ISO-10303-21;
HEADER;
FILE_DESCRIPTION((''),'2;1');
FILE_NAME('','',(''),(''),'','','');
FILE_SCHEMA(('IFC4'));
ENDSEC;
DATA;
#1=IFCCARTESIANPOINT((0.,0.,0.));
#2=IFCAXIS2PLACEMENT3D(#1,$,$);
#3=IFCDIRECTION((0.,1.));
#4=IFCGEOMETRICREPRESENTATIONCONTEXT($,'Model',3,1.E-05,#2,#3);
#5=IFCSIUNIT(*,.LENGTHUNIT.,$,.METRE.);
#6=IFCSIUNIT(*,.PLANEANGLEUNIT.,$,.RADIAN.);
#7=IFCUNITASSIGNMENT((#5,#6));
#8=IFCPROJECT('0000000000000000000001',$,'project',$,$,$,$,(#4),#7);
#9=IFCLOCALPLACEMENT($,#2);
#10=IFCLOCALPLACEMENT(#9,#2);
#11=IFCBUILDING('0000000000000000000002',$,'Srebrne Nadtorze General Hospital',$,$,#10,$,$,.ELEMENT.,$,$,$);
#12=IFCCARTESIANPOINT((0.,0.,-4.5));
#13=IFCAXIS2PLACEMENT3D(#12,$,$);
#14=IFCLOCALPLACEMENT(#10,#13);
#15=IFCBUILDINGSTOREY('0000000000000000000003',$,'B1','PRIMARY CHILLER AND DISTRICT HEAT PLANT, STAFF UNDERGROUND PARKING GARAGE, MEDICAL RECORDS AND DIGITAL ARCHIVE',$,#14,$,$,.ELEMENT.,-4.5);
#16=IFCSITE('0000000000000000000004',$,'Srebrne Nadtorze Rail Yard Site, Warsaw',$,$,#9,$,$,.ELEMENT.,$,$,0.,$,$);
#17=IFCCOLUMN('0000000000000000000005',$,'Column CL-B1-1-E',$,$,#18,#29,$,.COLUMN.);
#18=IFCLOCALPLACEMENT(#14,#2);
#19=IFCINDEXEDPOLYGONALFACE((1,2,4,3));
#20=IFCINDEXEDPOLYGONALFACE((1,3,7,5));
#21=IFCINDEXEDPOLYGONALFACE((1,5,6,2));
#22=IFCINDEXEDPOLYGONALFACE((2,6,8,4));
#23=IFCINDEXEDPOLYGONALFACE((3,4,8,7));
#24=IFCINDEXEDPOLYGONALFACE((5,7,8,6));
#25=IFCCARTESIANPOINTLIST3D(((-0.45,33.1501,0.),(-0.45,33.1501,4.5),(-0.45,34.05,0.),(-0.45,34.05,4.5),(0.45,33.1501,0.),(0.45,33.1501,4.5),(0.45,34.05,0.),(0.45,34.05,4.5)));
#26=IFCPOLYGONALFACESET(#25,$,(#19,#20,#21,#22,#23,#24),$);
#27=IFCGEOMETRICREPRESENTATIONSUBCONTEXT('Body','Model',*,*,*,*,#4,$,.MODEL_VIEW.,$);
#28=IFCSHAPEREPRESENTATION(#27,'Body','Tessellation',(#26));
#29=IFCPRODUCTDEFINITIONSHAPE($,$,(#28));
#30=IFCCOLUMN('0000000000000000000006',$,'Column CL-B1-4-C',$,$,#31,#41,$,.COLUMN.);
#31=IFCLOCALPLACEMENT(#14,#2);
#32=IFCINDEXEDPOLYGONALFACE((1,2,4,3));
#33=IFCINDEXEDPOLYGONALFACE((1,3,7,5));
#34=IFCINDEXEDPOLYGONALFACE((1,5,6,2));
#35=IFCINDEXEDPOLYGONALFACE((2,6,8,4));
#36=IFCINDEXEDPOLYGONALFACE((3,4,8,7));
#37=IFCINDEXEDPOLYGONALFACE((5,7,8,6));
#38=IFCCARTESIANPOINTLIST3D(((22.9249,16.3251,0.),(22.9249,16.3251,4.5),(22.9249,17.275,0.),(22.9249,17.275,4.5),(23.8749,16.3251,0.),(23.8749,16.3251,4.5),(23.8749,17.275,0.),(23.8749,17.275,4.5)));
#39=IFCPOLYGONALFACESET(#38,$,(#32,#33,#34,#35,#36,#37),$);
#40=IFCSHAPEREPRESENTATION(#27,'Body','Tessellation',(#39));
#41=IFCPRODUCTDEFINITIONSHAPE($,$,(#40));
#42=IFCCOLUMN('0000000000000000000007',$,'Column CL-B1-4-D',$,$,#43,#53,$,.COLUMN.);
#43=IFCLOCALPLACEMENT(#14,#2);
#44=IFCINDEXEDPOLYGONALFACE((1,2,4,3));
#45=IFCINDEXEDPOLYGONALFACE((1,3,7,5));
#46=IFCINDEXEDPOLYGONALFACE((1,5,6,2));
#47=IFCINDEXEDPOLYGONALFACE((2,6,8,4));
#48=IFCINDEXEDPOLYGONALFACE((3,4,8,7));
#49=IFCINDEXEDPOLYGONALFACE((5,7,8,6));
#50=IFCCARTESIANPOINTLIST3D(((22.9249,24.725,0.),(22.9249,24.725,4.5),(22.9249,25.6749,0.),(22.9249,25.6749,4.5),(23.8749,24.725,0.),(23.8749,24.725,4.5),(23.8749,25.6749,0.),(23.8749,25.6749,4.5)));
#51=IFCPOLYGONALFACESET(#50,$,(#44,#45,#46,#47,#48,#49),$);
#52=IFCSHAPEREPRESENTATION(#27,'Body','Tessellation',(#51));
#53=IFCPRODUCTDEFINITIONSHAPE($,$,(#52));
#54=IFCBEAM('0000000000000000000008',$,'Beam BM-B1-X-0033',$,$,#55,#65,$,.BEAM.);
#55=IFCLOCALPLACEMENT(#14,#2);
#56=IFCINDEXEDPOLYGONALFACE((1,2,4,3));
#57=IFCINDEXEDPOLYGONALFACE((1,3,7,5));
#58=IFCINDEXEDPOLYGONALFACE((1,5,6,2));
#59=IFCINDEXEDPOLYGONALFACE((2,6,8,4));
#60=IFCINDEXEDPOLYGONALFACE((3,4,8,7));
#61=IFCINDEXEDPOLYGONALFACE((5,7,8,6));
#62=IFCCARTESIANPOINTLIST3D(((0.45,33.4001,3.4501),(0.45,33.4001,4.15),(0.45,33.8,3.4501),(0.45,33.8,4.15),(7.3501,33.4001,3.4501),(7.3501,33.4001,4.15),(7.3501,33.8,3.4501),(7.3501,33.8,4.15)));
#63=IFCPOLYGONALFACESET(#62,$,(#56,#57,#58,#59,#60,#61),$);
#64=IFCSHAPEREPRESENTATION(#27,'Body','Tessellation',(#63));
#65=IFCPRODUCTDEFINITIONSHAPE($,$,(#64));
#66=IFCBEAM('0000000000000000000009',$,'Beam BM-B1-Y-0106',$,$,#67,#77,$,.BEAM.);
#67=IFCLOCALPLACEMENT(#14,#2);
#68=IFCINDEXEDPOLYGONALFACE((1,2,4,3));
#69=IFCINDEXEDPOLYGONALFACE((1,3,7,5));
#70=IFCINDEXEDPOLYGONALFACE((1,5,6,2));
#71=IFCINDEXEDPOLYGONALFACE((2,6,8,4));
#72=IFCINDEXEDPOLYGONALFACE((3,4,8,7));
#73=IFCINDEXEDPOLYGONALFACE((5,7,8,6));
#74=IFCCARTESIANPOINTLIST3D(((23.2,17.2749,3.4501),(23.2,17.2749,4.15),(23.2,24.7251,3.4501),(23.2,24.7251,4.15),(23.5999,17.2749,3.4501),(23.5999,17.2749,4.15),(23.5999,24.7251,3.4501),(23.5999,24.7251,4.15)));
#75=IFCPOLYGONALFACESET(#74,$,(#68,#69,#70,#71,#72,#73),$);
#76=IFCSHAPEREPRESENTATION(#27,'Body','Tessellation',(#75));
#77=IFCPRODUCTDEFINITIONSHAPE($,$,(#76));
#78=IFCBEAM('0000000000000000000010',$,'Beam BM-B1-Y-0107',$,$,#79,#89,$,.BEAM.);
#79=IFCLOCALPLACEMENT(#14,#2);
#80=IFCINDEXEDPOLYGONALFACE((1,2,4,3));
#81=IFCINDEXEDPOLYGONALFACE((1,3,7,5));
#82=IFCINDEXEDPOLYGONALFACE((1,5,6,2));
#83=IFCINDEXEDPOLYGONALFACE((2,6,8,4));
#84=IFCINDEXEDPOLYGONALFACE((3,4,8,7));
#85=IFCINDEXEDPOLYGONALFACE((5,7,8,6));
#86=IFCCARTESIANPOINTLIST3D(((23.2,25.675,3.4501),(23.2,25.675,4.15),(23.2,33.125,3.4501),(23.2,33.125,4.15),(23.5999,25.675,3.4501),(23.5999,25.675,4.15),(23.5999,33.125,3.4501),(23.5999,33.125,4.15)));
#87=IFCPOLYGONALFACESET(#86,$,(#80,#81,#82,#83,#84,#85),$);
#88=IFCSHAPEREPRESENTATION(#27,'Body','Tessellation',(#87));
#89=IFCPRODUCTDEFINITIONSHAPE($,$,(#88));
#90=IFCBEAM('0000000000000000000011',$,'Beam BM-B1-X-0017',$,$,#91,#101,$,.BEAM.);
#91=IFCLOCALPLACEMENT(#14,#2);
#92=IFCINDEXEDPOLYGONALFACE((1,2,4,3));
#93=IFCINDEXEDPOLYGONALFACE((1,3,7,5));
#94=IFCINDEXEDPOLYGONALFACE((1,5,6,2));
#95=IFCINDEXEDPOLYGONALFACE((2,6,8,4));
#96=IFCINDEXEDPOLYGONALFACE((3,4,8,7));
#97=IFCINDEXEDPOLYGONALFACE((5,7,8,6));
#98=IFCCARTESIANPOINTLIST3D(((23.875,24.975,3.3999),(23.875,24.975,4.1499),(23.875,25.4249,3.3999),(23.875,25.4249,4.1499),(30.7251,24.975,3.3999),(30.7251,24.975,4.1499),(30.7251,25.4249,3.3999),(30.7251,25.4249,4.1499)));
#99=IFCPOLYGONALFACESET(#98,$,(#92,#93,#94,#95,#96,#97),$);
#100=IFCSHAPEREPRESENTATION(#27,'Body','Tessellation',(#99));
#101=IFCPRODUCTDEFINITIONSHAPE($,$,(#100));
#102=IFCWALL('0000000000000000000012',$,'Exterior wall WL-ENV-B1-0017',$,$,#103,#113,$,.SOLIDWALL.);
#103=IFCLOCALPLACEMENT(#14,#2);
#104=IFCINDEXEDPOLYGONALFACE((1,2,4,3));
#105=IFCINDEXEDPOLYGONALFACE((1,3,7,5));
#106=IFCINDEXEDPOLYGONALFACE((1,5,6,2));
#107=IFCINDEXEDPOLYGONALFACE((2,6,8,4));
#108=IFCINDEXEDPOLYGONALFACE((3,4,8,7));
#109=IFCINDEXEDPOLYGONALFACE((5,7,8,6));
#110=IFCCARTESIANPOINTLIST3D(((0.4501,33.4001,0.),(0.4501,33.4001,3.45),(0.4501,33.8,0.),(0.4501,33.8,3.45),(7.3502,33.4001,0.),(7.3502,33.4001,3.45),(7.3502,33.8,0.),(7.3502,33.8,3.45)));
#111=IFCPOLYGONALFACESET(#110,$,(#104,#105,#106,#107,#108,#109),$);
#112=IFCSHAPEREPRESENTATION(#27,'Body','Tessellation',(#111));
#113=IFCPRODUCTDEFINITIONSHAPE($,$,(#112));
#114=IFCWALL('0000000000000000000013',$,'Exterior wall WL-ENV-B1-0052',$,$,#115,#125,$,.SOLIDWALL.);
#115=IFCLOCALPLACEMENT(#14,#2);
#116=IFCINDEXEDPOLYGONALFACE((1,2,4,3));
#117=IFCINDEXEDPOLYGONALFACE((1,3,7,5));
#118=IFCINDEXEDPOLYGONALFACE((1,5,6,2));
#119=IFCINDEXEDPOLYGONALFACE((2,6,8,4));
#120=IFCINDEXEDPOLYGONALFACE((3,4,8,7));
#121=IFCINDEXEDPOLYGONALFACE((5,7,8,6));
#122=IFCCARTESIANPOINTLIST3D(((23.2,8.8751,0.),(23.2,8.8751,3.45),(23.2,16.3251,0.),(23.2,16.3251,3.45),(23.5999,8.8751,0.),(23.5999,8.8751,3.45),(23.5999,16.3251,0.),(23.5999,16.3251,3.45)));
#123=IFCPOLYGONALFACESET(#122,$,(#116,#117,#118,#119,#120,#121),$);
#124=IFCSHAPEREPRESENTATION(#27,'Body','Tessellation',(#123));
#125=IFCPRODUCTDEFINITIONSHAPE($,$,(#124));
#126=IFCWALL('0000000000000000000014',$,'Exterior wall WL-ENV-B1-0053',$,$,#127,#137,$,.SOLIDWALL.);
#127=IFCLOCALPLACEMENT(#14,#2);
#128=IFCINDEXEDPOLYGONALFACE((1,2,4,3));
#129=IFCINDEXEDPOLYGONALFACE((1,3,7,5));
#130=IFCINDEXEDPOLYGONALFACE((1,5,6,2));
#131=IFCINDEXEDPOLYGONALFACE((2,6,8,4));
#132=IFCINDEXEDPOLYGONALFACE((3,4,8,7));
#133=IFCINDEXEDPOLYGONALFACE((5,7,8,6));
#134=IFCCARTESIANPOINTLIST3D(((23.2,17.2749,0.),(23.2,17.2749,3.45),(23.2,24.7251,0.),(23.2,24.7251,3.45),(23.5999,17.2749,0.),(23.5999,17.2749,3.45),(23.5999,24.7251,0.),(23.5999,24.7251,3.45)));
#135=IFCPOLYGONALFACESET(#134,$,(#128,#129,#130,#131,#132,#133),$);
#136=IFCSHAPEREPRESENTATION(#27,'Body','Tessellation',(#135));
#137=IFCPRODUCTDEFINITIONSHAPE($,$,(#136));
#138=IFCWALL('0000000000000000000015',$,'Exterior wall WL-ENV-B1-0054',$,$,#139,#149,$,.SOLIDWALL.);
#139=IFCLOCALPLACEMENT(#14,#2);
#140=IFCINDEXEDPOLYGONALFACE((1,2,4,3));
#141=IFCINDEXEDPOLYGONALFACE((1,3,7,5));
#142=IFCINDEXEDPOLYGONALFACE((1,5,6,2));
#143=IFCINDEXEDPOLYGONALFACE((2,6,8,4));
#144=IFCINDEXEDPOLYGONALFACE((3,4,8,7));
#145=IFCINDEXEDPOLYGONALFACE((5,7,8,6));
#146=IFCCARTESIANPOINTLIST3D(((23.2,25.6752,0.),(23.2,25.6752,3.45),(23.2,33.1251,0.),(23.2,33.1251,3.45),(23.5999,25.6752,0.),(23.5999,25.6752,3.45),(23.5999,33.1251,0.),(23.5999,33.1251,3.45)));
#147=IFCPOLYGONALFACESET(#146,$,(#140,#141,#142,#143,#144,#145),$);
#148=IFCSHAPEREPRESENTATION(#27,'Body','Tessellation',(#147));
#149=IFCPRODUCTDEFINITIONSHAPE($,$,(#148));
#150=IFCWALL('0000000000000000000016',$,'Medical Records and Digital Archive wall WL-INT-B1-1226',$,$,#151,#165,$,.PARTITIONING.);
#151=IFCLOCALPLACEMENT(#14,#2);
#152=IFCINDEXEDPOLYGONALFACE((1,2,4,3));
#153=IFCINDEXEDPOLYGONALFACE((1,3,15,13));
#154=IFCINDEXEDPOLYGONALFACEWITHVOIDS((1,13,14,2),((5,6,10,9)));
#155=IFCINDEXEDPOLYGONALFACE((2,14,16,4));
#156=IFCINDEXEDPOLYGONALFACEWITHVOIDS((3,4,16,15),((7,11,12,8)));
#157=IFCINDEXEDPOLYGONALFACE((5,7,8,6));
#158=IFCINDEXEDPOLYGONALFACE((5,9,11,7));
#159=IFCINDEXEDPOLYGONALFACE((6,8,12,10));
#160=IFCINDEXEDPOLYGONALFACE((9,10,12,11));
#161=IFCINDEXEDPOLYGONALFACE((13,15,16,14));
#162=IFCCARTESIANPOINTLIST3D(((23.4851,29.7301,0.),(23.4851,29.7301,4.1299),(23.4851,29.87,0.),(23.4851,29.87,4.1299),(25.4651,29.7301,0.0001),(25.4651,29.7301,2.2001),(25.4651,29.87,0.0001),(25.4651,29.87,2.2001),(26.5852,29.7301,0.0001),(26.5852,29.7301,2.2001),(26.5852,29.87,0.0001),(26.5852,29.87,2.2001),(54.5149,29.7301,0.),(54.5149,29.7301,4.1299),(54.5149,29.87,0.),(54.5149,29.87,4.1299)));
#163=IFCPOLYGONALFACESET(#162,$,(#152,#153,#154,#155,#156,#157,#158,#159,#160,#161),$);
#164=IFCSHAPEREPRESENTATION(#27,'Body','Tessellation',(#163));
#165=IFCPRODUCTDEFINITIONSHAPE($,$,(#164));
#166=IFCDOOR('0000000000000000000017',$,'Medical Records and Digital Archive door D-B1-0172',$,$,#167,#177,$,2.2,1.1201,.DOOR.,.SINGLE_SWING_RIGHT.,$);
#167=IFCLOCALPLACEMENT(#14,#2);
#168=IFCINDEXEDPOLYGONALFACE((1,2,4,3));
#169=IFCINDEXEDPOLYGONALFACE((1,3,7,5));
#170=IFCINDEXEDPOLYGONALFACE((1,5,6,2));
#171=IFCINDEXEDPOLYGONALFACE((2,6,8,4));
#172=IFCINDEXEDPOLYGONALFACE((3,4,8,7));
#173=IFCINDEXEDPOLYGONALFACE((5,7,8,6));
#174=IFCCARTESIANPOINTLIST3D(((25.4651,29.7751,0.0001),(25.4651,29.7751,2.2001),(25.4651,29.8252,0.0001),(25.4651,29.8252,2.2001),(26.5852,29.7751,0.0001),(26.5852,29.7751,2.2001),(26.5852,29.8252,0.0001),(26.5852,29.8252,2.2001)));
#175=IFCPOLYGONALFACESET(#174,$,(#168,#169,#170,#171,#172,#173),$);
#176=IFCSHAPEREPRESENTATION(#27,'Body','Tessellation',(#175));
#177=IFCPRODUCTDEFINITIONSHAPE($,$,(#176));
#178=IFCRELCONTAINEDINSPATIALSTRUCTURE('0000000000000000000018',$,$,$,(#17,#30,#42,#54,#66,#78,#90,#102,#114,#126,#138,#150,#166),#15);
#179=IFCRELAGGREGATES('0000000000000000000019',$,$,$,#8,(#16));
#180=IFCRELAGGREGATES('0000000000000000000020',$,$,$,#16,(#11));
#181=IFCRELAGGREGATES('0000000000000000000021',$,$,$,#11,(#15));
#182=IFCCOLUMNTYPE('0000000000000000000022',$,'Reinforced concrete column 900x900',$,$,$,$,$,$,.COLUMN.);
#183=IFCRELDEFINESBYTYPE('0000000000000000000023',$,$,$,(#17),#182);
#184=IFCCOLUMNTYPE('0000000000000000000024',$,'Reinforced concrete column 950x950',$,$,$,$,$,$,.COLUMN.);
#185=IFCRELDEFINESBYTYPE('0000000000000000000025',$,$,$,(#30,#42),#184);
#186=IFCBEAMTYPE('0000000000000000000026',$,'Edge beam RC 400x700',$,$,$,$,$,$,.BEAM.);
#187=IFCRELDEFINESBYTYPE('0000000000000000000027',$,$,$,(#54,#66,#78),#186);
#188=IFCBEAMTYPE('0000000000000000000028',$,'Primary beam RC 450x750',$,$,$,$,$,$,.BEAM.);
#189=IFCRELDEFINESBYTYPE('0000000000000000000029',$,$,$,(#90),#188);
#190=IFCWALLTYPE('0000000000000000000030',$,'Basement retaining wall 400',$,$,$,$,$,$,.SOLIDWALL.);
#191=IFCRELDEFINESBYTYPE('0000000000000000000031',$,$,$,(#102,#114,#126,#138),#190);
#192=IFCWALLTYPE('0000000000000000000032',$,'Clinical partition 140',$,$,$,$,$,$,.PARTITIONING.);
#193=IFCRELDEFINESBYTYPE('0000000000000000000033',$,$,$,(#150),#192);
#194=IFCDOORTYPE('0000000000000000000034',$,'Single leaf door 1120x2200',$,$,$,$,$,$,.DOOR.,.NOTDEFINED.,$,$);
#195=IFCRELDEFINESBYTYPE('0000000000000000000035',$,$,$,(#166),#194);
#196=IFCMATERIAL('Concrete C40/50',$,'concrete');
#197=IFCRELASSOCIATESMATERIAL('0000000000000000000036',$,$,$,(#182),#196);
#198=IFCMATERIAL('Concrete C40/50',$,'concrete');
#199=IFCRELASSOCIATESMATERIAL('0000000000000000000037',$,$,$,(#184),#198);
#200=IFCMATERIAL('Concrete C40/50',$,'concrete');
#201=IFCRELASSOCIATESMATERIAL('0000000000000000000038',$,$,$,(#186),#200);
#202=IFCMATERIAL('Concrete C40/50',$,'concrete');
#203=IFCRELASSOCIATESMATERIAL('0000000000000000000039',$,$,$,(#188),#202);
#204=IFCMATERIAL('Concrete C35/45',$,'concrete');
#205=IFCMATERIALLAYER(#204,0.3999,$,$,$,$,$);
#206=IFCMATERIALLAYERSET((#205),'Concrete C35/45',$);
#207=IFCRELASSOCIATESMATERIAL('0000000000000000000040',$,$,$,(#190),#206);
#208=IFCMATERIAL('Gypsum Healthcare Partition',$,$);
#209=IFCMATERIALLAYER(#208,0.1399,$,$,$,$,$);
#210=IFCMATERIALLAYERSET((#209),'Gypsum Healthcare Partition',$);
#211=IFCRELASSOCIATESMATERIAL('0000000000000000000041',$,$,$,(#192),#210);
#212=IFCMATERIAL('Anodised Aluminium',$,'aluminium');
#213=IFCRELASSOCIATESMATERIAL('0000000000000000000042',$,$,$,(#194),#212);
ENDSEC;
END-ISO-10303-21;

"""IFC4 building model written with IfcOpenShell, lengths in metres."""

from ifc_helpers import new_model, si_unit, direction, frame, frame_2d, origin, origin_2d, place, context, subcontext, project, spatial, rectangle, extrude, material, layer, layer_set, material_profile, profile_set, type_object, element, fill, save


model = new_model("IFC4")

# Units and contexts
model_context = context("Model", 3, precision=1e-05, world=origin(), true_north=direction((0.0, 1.0)))
body_context = subcontext(model_context, "Body", "Model", "MODEL_VIEW")
ifc_project = project(units=[si_unit("LENGTHUNIT", "METRE"), si_unit("PLANEANGLEUNIT", "RADIAN")], contexts=[model_context])

# Site, building, storey
site_placement = place(None, origin())
site = spatial("IfcSite", under=ifc_project, at=site_placement, Name="Srebrne Nadtorze Rail Yard Site, Warsaw", CompositionType="ELEMENT", RefElevation=0.0)
building_placement = place(site_placement, origin())
building = spatial("IfcBuilding", under=site, at=building_placement, Name="Srebrne Nadtorze General Hospital", CompositionType="ELEMENT")
storey_placement = place(building_placement, frame((0.0, 0.0, -4.5)))
storey = spatial("IfcBuildingStorey", under=building, at=storey_placement, Name="B1", Description="PRIMARY CHILLER AND DISTRICT HEAT PLANT, STAFF UNDERGROUND PARKING GARAGE, MEDICAL RECORDS AND DIGITAL ARCHIVE", CompositionType="ELEMENT", Elevation=-4.5)

# Columns
ifc_material_1 = material(Name="Concrete C40/50", Category="concrete")
ifc_material_profile_1 = material_profile(ifc_material_1, rectangle(XDim=0.8999, YDim=0.8999, at=origin_2d()), Name="RC-COL-900x900")
ifc_profile_set_1 = profile_set([ifc_material_profile_1], Name="Concrete C40/50")
column_type_1 = type_object("IfcColumnType", Name="Reinforced concrete column 900x900", PredefinedType="COLUMN", material=ifc_profile_set_1)
column_placement = place(storey_placement, frame((0.0, 33.6001, 0.0), z_axis=(0.0, 0.0, 1.0), x_axis=(1.0, 0.0, 0.0)))
element("IfcColumn", 1, at=column_placement, inside=storey, type_object=column_type_1, Name="Column CL-B1-1-E", PredefinedType="COLUMN", context=body_context, shape_type="SweptSolid", body=[
    extrude(rectangle(XDim=0.8999, YDim=0.8999, at=origin_2d()), origin(), (0.0, 0.0, 1.0), 4.5),
])
ifc_material_2 = material(Name="Concrete C40/50", Category="concrete")
ifc_material_profile_2 = material_profile(ifc_material_2, rectangle(XDim=0.95, YDim=0.95, at=origin_2d()), Name="RC-COL-950x950")
ifc_profile_set_2 = profile_set([ifc_material_profile_2], Name="Concrete C40/50")
column_type_2 = type_object("IfcColumnType", Name="Reinforced concrete column 950x950", PredefinedType="COLUMN", material=ifc_profile_set_2)
for number, where, z_axis, x_axis, name in (
    (2, (23.3999, 16.8, 0.0), (0.0, 0.0, 1.0), (1.0, 0.0, 0.0), "Column CL-B1-4-C"),
    (3, (23.3999, 25.2, 0.0), (0.0, 0.0, 1.0), (1.0, 0.0, 0.0), "Column CL-B1-4-D"),
):
    element("IfcColumn", number, at=place(storey_placement, frame(where, z_axis=z_axis, x_axis=x_axis)), inside=storey, type_object=column_type_2, Name=name, PredefinedType="COLUMN", context=body_context, shape_type="SweptSolid", body=[
        extrude(rectangle(XDim=0.95, YDim=0.95, at=origin_2d()), origin(), (0.0, 0.0, 1.0), 4.5),
    ])

# Beams
ifc_material_3 = material(Name="Concrete C40/50", Category="concrete")
ifc_material_profile_3 = material_profile(ifc_material_3, rectangle(XDim=0.3999, YDim=0.7, at=origin_2d()), Name="RC-BM-400x700")
ifc_profile_set_3 = profile_set([ifc_material_profile_3], Name="Concrete C40/50")
beam_type_1 = type_object("IfcBeamType", Name="Edge beam RC 400x700", PredefinedType="BEAM", material=ifc_profile_set_3)
beam_1_placement = place(storey_placement, frame((0.45, 33.6001, 3.8), z_axis=(1.0, 0.0, 0.0), x_axis=(0.0, 1.0, 0.0)))
element("IfcBeam", 4, at=beam_1_placement, inside=storey, type_object=beam_type_1, Name="Beam BM-B1-X-0033", PredefinedType="BEAM", context=body_context, shape_type="SweptSolid", body=[
    extrude(rectangle(XDim=0.3999, YDim=0.7, at=origin_2d()), origin(), (0.0, 0.0, 1.0), 6.9001),
])
beam_2_placement = place(storey_placement, frame((23.3999, 17.2749, 3.8), z_axis=(0.0, 1.0, 0.0), x_axis=(-1.0, 0.0, 0.0)))
element("IfcBeam", 5, at=beam_2_placement, inside=storey, type_object=beam_type_1, Name="Beam BM-B1-Y-0106", PredefinedType="BEAM", context=body_context, shape_type="SweptSolid", body=[
    extrude(rectangle(XDim=0.3999, YDim=0.7, at=origin_2d()), origin(), (0.0, 0.0, 1.0), 7.4502),
])
beam_3_placement = place(storey_placement, frame((23.3999, 25.675, 3.8), z_axis=(0.0, 1.0, 0.0), x_axis=(-1.0, 0.0, 0.0)))
element("IfcBeam", 6, at=beam_3_placement, inside=storey, type_object=beam_type_1, Name="Beam BM-B1-Y-0107", PredefinedType="BEAM", context=body_context, shape_type="SweptSolid", body=[
    extrude(rectangle(XDim=0.3999, YDim=0.7, at=origin_2d()), origin(), (0.0, 0.0, 1.0), 7.45),
])
ifc_material_4 = material(Name="Concrete C40/50", Category="concrete")
ifc_material_profile_4 = material_profile(ifc_material_4, rectangle(XDim=0.45, YDim=0.75, at=origin_2d()), Name="RC-BM-450x750")
ifc_profile_set_4 = profile_set([ifc_material_profile_4], Name="Concrete C40/50")
beam_type_2 = type_object("IfcBeamType", Name="Primary beam RC 450x750", PredefinedType="BEAM", material=ifc_profile_set_4)
beam_4_placement = place(storey_placement, frame((23.875, 25.2, 3.7749), z_axis=(1.0, 0.0, 0.0), x_axis=(0.0, 1.0, 0.0)))
element("IfcBeam", 7, at=beam_4_placement, inside=storey, type_object=beam_type_2, Name="Beam BM-B1-X-0017", PredefinedType="BEAM", context=body_context, shape_type="SweptSolid", body=[
    extrude(rectangle(XDim=0.45, YDim=0.75, at=origin_2d()), origin(), (0.0, 0.0, 1.0), 6.8501),
])

# Walls
ifc_material_5 = material(Name="Concrete C35/45", Category="concrete")
ifc_layer_1 = layer(ifc_material_5, 0.3999)
ifc_layer_set_1 = layer_set([ifc_layer_1], Name="Concrete C35/45")
wall_type_1 = type_object("IfcWallType", Name="Basement retaining wall 400", PredefinedType="SOLIDWALL", material=ifc_layer_set_1)
wall_1_placement = place(storey_placement, frame((0.45, 33.6001, 0.0), z_axis=(0.0, 0.0, 1.0), x_axis=(1.0, 0.0, 0.0)))
element("IfcWall", 8, at=wall_1_placement, inside=storey, type_object=wall_type_1, Name="Exterior wall WL-ENV-B1-0017", PredefinedType="SOLIDWALL", context=body_context, shape_type="SweptSolid", body=[
    extrude(rectangle(XDim=6.9001, YDim=0.3999, at=frame_2d((3.4502, 0.0))), origin(), (0.0, 0.0, 1.0), 3.45),
])
wall_2_placement = place(storey_placement, frame((23.3999, 8.875, 0.0), z_axis=(0.0, 0.0, 1.0), x_axis=(0.0, 1.0, 0.0)))
element("IfcWall", 9, at=wall_2_placement, inside=storey, type_object=wall_type_1, Name="Exterior wall WL-ENV-B1-0052", PredefinedType="SOLIDWALL", context=body_context, shape_type="SweptSolid", body=[
    extrude(rectangle(XDim=7.45, YDim=0.3999, at=frame_2d((3.7251, 0.0))), origin(), (0.0, 0.0, 1.0), 3.45),
])
wall_3_placement = place(storey_placement, frame((23.3999, 17.2749, 0.0), z_axis=(0.0, 0.0, 1.0), x_axis=(0.0, 1.0, 0.0)))
element("IfcWall", 10, at=wall_3_placement, inside=storey, type_object=wall_type_1, Name="Exterior wall WL-ENV-B1-0053", PredefinedType="SOLIDWALL", context=body_context, shape_type="SweptSolid", body=[
    extrude(rectangle(XDim=7.4502, YDim=0.3999, at=frame_2d((3.7251, 0.0))), origin(), (0.0, 0.0, 1.0), 3.45),
])
wall_4_placement = place(storey_placement, frame((23.3999, 25.675, 0.0), z_axis=(0.0, 0.0, 1.0), x_axis=(0.0, 1.0, 0.0)))
element("IfcWall", 11, at=wall_4_placement, inside=storey, type_object=wall_type_1, Name="Exterior wall WL-ENV-B1-0054", PredefinedType="SOLIDWALL", context=body_context, shape_type="SweptSolid", body=[
    extrude(rectangle(XDim=7.45, YDim=0.3999, at=frame_2d((3.7251, 0.0))), origin(), (0.0, 0.0, 1.0), 3.45),
])

# Wall, opening, door
ifc_material_6 = material(Name="Gypsum Healthcare Partition")
ifc_layer_2 = layer(ifc_material_6, 0.1399)
ifc_layer_set_2 = layer_set([ifc_layer_2], Name="Gypsum Healthcare Partition")
wall_type_2 = type_object("IfcWallType", Name="Clinical partition 140", PredefinedType="PARTITIONING", material=ifc_layer_set_2)
wall_5_placement = place(storey_placement, frame((23.4851, 29.8, 0.0), z_axis=(0.0, 0.0, 1.0), x_axis=(1.0, 0.0, 0.0)))
wall_5 = element("IfcWall", 12, at=wall_5_placement, inside=storey, type_object=wall_type_2, Name="Medical Records and Digital Archive wall WL-INT-B1-1226", PredefinedType="PARTITIONING", context=body_context, shape_type="SweptSolid", body=[
    extrude(rectangle(XDim=31.0298, YDim=0.1399, at=frame_2d((15.5149, 0.0))), origin(), (0.0, 0.0, 1.0), 4.1299),
])
opening_placement = place(wall_5_placement, frame((1.98, 0.0, 0.0)))
opening = element("IfcOpeningElement", 13, at=opening_placement, cuts=wall_5, PredefinedType="OPENING", context=body_context, shape_type="SweptSolid", body=[
    extrude(rectangle(XDim=1.1201, YDim=2.2, at=frame_2d((0.5601, 1.1001))), frame((0.0, 0.082, 0.0), z_axis=(0.0, -1.0, 0.0), x_axis=(1.0, 0.0, 0.0)), (0.0, 0.0, 1.0), 0.1638),
])
ifc_material_7 = material(Name="Anodised Aluminium", Category="aluminium")
door_type = type_object("IfcDoorType", Name="Single leaf door 1120x2200", OperationType="NOTDEFINED", PredefinedType="DOOR", material=ifc_material_7)
door_placement = place(opening_placement, frame((1.1201, 0.0, 0.0), z_axis=(0.0, 0.0, 1.0), x_axis=(-1.0, 0.0, 0.0)))
door = element("IfcDoor", 14, at=door_placement, inside=storey, type_object=door_type, Name="Medical Records and Digital Archive door D-B1-0172", OperationType="SINGLE_SWING_RIGHT", OverallHeight=2.2, OverallWidth=1.1201, PredefinedType="DOOR", context=body_context, shape_type="SweptSolid", body=[
    extrude(rectangle(XDim=1.1201, YDim=2.2, at=frame_2d((0.5601, 1.1001))), frame((0.0, 0.0249, 0.0), z_axis=(0.0, -1.0, 0.0), x_axis=(1.0, 0.0, 0.0)), (0.0, 0.0, 1.0), 0.05),
])
fill(opening, door)

save(model, "model.ifc")
